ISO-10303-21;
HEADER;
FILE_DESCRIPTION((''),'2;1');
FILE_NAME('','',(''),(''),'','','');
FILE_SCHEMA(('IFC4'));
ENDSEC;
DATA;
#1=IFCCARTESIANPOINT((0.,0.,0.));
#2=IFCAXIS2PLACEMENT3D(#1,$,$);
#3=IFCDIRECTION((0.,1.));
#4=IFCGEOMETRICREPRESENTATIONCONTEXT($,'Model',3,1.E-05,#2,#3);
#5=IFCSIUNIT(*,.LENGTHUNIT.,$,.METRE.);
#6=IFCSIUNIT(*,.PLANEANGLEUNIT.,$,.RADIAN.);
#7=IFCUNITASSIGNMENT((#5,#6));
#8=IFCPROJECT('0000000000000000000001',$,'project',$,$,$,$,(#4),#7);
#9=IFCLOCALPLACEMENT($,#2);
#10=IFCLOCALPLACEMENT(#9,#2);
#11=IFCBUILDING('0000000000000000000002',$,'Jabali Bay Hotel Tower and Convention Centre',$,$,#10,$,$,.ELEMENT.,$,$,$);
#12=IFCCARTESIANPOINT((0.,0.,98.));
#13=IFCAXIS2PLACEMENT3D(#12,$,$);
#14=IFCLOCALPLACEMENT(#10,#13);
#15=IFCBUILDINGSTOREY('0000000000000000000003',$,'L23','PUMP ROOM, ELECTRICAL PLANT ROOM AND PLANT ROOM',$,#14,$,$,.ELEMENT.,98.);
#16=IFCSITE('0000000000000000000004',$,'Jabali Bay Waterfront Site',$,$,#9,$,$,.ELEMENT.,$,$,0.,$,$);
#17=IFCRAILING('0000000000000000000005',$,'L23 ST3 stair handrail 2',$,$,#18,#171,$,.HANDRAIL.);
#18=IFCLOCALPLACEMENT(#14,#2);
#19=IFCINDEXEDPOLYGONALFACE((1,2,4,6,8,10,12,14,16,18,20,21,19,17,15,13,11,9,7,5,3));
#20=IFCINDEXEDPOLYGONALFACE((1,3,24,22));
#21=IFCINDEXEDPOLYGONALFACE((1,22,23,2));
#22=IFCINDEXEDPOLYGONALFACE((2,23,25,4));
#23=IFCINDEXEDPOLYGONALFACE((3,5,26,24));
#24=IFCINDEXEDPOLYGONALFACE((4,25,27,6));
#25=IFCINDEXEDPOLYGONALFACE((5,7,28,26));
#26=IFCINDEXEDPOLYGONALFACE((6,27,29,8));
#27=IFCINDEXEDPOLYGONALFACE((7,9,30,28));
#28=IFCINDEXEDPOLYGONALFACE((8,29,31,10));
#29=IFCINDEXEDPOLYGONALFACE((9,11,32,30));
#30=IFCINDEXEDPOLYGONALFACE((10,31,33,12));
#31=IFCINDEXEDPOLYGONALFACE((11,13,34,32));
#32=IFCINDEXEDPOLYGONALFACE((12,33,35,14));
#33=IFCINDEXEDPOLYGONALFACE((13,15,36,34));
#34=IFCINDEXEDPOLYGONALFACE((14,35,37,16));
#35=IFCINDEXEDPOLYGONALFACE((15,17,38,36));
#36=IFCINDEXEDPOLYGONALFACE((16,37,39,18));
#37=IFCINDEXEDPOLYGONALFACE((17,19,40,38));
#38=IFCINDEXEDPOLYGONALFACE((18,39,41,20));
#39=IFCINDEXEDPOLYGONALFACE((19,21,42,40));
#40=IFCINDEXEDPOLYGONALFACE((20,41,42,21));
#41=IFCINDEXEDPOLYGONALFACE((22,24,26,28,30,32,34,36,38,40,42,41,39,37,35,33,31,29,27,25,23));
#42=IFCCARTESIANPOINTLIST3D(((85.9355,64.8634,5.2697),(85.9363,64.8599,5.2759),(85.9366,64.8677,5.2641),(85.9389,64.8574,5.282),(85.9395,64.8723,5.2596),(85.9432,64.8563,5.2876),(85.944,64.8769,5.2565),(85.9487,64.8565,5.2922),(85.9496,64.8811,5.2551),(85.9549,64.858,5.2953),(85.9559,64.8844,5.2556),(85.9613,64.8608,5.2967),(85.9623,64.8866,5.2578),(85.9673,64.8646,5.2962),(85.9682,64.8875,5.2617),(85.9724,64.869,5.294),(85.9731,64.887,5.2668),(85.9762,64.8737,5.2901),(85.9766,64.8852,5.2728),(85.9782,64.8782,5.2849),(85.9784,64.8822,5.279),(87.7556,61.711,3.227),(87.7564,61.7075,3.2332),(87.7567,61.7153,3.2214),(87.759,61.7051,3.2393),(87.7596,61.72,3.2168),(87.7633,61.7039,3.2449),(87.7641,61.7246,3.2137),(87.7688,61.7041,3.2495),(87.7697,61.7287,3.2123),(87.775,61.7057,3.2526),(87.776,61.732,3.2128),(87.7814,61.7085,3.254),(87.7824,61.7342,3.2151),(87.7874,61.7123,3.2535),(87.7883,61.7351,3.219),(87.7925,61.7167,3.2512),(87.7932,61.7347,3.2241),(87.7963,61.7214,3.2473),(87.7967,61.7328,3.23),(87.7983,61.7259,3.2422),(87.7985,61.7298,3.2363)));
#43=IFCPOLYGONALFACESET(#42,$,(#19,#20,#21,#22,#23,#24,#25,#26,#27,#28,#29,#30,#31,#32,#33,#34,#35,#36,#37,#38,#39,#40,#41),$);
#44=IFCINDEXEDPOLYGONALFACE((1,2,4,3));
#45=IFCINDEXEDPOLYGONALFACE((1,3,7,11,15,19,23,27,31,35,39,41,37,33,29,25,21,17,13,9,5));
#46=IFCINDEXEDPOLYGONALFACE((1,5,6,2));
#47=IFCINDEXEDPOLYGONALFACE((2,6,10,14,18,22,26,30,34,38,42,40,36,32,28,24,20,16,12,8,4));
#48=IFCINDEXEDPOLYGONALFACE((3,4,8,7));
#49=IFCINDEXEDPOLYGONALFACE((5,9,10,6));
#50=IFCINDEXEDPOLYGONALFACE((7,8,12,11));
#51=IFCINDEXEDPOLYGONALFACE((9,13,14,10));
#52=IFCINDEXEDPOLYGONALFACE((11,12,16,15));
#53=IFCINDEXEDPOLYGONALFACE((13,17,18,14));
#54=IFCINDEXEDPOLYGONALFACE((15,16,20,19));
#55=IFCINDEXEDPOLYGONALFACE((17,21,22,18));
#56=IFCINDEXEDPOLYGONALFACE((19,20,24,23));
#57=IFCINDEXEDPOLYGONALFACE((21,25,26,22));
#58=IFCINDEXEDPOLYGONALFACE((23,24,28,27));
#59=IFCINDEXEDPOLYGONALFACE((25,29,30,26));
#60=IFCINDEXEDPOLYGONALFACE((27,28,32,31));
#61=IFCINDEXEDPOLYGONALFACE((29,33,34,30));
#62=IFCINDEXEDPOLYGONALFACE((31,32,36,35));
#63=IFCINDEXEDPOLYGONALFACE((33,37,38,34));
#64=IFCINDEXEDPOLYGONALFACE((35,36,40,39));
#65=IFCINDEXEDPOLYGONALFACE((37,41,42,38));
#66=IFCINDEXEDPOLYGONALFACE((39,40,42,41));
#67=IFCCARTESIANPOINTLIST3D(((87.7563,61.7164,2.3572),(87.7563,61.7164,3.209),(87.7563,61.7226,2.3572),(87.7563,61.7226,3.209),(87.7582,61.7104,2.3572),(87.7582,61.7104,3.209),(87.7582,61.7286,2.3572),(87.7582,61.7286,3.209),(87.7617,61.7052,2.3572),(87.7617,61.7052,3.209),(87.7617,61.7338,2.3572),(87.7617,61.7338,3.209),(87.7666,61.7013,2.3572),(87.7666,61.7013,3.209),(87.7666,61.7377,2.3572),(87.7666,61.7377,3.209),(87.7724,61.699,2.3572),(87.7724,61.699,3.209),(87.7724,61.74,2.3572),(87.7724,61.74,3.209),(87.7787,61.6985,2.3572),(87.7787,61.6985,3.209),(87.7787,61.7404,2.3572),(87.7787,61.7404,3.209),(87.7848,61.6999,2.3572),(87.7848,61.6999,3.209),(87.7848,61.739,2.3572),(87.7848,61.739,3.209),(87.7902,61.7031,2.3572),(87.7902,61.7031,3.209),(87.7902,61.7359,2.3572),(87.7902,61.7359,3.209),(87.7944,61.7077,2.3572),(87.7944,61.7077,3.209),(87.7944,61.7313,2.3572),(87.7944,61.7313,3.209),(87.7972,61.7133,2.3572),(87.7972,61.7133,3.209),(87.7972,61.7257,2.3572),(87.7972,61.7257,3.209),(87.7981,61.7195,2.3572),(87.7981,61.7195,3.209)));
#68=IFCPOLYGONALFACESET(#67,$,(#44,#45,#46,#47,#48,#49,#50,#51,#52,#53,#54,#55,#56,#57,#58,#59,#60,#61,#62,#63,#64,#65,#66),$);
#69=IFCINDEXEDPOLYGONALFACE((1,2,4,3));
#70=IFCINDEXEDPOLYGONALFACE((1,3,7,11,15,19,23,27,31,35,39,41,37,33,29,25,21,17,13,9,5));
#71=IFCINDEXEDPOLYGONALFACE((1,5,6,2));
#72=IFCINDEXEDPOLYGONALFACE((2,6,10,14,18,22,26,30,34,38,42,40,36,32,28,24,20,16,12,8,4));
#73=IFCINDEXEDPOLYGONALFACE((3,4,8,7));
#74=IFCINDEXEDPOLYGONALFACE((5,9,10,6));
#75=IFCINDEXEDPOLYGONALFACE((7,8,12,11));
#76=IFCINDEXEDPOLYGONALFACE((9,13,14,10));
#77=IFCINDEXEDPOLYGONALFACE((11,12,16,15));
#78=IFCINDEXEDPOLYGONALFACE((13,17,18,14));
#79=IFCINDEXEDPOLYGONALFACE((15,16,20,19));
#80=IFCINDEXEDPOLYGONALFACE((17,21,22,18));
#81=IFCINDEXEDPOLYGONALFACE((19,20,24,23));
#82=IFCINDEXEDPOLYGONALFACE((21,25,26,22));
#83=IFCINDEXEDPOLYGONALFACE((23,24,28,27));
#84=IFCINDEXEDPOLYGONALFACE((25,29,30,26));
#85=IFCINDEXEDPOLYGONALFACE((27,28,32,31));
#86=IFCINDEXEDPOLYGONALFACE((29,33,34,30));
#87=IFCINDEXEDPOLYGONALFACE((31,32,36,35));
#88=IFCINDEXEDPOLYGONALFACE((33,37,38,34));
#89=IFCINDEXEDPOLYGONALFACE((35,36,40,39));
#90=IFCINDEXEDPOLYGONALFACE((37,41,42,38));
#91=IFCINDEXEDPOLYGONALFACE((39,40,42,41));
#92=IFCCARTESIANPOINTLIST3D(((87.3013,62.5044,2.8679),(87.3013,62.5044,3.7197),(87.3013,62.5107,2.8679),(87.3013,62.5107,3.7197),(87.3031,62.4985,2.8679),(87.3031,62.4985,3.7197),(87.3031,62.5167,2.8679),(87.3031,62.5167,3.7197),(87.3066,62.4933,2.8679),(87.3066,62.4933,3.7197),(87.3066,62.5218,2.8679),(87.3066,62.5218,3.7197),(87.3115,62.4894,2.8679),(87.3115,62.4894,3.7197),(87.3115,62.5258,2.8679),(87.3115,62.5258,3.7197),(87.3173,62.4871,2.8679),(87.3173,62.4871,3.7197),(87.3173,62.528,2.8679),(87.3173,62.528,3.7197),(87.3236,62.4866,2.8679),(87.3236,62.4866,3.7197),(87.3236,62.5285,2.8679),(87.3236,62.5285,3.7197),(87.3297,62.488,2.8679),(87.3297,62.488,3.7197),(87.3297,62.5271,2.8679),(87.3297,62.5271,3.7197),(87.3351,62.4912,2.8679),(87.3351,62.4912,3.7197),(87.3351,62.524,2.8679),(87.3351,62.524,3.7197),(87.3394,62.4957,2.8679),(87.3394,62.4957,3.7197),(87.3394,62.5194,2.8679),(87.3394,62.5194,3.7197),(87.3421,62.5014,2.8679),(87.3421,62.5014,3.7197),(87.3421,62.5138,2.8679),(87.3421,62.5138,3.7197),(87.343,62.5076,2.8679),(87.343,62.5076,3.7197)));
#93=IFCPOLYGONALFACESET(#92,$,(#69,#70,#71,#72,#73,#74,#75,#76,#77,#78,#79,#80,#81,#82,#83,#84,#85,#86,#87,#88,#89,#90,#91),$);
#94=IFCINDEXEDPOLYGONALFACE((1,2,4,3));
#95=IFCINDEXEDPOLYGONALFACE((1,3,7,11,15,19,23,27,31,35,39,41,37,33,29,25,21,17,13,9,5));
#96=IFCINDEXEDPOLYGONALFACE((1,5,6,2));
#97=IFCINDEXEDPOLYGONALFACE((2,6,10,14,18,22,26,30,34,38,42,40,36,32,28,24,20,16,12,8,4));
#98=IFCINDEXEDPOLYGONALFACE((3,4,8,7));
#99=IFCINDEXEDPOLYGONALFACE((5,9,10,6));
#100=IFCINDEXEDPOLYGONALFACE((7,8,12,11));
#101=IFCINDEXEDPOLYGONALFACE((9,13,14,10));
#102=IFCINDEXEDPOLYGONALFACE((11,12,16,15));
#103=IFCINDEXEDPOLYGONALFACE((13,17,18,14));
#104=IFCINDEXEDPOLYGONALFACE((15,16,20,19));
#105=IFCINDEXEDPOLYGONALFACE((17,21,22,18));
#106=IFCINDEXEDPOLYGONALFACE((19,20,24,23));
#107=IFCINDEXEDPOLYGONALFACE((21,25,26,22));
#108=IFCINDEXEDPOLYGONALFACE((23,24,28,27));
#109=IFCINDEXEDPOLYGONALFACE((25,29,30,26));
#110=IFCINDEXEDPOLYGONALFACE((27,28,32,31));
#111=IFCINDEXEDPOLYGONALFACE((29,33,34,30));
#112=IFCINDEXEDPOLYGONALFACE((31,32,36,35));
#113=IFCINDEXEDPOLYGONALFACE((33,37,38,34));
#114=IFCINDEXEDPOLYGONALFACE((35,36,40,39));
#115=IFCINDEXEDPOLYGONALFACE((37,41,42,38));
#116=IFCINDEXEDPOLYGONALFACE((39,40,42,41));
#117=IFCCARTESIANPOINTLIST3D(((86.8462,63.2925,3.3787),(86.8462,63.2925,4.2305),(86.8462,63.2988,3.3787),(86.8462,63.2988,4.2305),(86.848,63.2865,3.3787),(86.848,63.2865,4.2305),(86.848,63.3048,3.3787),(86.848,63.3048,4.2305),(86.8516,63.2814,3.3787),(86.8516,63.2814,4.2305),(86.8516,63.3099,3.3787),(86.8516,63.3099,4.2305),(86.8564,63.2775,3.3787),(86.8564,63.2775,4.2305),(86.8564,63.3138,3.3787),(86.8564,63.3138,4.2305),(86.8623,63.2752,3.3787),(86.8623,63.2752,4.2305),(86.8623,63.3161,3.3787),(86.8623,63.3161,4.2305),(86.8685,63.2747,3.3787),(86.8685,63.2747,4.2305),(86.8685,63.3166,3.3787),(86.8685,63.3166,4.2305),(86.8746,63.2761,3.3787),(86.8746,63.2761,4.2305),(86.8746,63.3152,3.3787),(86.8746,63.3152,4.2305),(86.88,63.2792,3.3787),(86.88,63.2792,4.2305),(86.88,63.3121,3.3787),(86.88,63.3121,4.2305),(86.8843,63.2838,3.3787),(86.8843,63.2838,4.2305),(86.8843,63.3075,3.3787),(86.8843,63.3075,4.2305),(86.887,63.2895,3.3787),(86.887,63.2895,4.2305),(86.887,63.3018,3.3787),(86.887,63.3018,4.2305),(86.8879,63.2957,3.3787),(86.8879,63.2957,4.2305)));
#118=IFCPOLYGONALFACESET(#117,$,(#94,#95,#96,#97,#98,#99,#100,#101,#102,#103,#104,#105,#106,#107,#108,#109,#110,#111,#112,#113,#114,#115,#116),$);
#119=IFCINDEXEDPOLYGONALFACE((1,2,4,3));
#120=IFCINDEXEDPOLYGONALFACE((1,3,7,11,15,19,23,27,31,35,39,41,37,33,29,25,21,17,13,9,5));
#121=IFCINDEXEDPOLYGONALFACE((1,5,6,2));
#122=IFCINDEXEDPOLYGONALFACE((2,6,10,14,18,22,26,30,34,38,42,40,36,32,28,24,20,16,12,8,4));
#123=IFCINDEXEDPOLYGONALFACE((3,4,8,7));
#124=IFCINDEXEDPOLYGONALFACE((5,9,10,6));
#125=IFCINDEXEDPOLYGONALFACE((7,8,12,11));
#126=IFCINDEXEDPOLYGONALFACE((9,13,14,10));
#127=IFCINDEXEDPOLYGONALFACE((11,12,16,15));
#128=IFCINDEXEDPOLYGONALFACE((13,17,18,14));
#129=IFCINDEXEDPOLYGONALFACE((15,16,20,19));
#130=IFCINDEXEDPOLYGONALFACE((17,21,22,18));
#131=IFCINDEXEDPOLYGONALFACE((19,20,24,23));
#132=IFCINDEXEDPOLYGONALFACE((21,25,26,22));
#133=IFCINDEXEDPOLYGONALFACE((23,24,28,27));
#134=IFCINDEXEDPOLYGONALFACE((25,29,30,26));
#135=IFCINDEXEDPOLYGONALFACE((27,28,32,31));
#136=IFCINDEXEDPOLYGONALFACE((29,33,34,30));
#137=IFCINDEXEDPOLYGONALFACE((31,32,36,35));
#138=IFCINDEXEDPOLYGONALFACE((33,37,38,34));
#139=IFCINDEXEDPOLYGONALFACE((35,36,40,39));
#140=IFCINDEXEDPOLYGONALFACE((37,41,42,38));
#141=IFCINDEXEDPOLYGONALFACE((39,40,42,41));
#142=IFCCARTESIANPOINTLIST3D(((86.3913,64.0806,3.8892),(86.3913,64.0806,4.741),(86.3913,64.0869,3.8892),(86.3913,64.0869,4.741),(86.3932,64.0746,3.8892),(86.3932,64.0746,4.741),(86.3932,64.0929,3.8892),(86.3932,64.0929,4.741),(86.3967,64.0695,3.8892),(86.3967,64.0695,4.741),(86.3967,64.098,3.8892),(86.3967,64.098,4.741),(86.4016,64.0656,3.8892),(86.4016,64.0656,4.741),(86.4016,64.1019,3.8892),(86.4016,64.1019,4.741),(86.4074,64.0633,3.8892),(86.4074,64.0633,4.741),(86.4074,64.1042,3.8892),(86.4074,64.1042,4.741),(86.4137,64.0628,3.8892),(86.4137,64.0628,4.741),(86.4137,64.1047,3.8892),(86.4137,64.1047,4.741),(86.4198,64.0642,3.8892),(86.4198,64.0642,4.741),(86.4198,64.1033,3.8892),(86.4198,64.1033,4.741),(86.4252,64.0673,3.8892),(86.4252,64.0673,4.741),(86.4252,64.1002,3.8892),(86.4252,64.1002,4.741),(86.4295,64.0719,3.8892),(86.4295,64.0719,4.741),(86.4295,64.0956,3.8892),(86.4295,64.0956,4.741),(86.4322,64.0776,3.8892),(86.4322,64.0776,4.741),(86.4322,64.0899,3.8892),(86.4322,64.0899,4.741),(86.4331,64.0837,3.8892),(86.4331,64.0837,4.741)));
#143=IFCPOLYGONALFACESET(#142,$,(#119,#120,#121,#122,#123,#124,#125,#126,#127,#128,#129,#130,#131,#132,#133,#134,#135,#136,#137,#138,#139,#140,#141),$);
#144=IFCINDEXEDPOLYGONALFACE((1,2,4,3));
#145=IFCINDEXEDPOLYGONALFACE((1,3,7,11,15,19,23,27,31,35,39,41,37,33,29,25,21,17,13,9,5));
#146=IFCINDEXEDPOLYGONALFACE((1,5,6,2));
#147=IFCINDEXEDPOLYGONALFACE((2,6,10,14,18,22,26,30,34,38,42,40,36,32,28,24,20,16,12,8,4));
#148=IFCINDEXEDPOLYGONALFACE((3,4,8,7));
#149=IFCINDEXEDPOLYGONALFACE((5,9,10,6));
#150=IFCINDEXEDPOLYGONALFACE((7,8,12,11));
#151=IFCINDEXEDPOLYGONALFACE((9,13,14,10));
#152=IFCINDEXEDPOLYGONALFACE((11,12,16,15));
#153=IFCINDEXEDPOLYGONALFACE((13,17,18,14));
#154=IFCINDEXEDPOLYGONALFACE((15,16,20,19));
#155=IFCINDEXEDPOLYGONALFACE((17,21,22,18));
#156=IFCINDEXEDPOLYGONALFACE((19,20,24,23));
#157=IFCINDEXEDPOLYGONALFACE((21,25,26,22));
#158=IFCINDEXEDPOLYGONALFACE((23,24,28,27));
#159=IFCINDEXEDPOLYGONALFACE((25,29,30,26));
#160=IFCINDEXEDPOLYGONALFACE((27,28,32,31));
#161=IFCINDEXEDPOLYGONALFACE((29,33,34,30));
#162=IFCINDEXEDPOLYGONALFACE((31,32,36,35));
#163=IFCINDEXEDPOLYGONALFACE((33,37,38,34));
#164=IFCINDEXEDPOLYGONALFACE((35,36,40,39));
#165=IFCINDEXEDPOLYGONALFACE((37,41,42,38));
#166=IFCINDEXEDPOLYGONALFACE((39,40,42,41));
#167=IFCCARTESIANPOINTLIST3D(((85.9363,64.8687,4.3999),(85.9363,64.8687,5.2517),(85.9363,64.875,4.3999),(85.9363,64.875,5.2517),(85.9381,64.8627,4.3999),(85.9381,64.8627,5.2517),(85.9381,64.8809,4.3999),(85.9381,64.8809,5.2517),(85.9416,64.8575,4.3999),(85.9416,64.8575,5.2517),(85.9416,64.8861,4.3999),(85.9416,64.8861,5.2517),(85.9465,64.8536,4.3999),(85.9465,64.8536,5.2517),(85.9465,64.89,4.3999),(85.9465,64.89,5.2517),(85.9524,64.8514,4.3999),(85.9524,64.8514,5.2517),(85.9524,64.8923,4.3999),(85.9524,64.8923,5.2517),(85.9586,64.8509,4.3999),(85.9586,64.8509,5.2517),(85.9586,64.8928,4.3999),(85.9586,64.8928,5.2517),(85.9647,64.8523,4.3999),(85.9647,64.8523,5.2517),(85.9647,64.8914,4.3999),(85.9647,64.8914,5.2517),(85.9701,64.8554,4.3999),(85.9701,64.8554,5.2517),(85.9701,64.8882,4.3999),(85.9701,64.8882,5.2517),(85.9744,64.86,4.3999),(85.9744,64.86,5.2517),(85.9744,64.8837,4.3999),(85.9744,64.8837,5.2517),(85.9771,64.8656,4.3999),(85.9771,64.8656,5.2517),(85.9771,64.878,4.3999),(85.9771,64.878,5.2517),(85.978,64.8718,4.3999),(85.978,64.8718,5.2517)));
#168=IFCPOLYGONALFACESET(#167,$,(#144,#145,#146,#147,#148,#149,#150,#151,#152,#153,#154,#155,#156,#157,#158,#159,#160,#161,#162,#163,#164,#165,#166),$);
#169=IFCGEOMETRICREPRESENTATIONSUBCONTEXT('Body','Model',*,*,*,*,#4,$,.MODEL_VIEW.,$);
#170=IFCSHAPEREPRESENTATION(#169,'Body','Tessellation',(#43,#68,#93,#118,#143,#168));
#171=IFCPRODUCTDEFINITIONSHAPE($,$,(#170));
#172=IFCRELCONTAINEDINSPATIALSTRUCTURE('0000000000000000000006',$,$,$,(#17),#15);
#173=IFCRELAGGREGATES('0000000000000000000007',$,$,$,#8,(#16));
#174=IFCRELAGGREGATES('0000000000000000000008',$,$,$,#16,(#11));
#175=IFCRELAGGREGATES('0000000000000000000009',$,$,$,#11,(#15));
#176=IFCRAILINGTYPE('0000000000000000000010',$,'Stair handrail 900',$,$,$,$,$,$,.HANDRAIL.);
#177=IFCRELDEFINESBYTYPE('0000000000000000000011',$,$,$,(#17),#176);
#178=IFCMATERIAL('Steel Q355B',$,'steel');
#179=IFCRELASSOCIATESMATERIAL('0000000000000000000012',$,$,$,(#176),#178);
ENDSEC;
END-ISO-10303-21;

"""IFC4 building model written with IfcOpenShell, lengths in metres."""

from ifc_helpers import new_model, si_unit, direction, frame, origin, origin_2d, place, context, subcontext, project, spatial, circle, extrude, material, type_object, element, save


model = new_model("IFC4")

# Units and contexts
model_context = context("Model", 3, precision=1e-05, world=origin(), true_north=direction((0.0, 1.0)))
body_context = subcontext(model_context, "Body", "Model", "MODEL_VIEW")
ifc_project = project(units=[si_unit("LENGTHUNIT", "METRE"), si_unit("PLANEANGLEUNIT", "RADIAN")], contexts=[model_context])

# Site, building, storey
site_placement = place(None, origin())
site = spatial("IfcSite", under=ifc_project, at=site_placement, Name="Jabali Bay Waterfront Site", CompositionType="ELEMENT", RefElevation=0.0)
building_placement = place(site_placement, origin())
building = spatial("IfcBuilding", under=site, at=building_placement, Name="Jabali Bay Hotel Tower and Convention Centre", CompositionType="ELEMENT")
storey_placement = place(building_placement, frame((0.0, 0.0, 98.0)))
storey = spatial("IfcBuildingStorey", under=building, at=storey_placement, Name="L23", Description="PUMP ROOM, ELECTRICAL PLANT ROOM AND PLANT ROOM", CompositionType="ELEMENT", Elevation=98.0)

# Railing
ifc_material_1 = material(Name="Steel Q355B", Category="steel")
railing_type_1 = type_object("IfcRailingType", Name="Stair handrail 900", PredefinedType="HANDRAIL", material=ifc_material_1)
railing_1_placement = place(storey_placement, frame((87.7771, 61.7195, 2.3572)))
element("IfcRailing", 1, at=railing_1_placement, inside=storey, type_object=railing_type_1, Name="L23 ST3 stair handrail 2", PredefinedType="HANDRAIL", context=body_context, shape_type="SweptSolid", body=[
    extrude(circle(Radius=0.0239, at=origin_2d()), frame((0.0, 0.0, 0.876), z_axis=(-0.436044, 0.755225, 0.489387), x_axis=(-0.866018, -0.500013, 0.0)), (0.0, 0.0, 1.0), 4.1741),
    extrude(circle(Radius=0.021, at=origin_2d()), origin(), (0.0, 0.0, 1.0), 0.8518),
    extrude(circle(Radius=0.021, at=origin_2d()), frame((-0.4551, 0.7881, 0.5107)), (0.0, 0.0, 1.0), 0.8518),
    extrude(circle(Radius=0.021, at=origin_2d()), frame((-0.9102, 1.5762, 1.0215)), (0.0, 0.0, 1.0), 0.8518),
    extrude(circle(Radius=0.021, at=origin_2d()), frame((-1.365, 2.3643, 1.532)), (0.0, 0.0, 1.0), 0.8518),
    extrude(circle(Radius=0.021, at=origin_2d()), frame((-1.8201, 3.1523, 2.0427)), (0.0, 0.0, 1.0), 0.8518),
])

save(model, "model.ifc")
